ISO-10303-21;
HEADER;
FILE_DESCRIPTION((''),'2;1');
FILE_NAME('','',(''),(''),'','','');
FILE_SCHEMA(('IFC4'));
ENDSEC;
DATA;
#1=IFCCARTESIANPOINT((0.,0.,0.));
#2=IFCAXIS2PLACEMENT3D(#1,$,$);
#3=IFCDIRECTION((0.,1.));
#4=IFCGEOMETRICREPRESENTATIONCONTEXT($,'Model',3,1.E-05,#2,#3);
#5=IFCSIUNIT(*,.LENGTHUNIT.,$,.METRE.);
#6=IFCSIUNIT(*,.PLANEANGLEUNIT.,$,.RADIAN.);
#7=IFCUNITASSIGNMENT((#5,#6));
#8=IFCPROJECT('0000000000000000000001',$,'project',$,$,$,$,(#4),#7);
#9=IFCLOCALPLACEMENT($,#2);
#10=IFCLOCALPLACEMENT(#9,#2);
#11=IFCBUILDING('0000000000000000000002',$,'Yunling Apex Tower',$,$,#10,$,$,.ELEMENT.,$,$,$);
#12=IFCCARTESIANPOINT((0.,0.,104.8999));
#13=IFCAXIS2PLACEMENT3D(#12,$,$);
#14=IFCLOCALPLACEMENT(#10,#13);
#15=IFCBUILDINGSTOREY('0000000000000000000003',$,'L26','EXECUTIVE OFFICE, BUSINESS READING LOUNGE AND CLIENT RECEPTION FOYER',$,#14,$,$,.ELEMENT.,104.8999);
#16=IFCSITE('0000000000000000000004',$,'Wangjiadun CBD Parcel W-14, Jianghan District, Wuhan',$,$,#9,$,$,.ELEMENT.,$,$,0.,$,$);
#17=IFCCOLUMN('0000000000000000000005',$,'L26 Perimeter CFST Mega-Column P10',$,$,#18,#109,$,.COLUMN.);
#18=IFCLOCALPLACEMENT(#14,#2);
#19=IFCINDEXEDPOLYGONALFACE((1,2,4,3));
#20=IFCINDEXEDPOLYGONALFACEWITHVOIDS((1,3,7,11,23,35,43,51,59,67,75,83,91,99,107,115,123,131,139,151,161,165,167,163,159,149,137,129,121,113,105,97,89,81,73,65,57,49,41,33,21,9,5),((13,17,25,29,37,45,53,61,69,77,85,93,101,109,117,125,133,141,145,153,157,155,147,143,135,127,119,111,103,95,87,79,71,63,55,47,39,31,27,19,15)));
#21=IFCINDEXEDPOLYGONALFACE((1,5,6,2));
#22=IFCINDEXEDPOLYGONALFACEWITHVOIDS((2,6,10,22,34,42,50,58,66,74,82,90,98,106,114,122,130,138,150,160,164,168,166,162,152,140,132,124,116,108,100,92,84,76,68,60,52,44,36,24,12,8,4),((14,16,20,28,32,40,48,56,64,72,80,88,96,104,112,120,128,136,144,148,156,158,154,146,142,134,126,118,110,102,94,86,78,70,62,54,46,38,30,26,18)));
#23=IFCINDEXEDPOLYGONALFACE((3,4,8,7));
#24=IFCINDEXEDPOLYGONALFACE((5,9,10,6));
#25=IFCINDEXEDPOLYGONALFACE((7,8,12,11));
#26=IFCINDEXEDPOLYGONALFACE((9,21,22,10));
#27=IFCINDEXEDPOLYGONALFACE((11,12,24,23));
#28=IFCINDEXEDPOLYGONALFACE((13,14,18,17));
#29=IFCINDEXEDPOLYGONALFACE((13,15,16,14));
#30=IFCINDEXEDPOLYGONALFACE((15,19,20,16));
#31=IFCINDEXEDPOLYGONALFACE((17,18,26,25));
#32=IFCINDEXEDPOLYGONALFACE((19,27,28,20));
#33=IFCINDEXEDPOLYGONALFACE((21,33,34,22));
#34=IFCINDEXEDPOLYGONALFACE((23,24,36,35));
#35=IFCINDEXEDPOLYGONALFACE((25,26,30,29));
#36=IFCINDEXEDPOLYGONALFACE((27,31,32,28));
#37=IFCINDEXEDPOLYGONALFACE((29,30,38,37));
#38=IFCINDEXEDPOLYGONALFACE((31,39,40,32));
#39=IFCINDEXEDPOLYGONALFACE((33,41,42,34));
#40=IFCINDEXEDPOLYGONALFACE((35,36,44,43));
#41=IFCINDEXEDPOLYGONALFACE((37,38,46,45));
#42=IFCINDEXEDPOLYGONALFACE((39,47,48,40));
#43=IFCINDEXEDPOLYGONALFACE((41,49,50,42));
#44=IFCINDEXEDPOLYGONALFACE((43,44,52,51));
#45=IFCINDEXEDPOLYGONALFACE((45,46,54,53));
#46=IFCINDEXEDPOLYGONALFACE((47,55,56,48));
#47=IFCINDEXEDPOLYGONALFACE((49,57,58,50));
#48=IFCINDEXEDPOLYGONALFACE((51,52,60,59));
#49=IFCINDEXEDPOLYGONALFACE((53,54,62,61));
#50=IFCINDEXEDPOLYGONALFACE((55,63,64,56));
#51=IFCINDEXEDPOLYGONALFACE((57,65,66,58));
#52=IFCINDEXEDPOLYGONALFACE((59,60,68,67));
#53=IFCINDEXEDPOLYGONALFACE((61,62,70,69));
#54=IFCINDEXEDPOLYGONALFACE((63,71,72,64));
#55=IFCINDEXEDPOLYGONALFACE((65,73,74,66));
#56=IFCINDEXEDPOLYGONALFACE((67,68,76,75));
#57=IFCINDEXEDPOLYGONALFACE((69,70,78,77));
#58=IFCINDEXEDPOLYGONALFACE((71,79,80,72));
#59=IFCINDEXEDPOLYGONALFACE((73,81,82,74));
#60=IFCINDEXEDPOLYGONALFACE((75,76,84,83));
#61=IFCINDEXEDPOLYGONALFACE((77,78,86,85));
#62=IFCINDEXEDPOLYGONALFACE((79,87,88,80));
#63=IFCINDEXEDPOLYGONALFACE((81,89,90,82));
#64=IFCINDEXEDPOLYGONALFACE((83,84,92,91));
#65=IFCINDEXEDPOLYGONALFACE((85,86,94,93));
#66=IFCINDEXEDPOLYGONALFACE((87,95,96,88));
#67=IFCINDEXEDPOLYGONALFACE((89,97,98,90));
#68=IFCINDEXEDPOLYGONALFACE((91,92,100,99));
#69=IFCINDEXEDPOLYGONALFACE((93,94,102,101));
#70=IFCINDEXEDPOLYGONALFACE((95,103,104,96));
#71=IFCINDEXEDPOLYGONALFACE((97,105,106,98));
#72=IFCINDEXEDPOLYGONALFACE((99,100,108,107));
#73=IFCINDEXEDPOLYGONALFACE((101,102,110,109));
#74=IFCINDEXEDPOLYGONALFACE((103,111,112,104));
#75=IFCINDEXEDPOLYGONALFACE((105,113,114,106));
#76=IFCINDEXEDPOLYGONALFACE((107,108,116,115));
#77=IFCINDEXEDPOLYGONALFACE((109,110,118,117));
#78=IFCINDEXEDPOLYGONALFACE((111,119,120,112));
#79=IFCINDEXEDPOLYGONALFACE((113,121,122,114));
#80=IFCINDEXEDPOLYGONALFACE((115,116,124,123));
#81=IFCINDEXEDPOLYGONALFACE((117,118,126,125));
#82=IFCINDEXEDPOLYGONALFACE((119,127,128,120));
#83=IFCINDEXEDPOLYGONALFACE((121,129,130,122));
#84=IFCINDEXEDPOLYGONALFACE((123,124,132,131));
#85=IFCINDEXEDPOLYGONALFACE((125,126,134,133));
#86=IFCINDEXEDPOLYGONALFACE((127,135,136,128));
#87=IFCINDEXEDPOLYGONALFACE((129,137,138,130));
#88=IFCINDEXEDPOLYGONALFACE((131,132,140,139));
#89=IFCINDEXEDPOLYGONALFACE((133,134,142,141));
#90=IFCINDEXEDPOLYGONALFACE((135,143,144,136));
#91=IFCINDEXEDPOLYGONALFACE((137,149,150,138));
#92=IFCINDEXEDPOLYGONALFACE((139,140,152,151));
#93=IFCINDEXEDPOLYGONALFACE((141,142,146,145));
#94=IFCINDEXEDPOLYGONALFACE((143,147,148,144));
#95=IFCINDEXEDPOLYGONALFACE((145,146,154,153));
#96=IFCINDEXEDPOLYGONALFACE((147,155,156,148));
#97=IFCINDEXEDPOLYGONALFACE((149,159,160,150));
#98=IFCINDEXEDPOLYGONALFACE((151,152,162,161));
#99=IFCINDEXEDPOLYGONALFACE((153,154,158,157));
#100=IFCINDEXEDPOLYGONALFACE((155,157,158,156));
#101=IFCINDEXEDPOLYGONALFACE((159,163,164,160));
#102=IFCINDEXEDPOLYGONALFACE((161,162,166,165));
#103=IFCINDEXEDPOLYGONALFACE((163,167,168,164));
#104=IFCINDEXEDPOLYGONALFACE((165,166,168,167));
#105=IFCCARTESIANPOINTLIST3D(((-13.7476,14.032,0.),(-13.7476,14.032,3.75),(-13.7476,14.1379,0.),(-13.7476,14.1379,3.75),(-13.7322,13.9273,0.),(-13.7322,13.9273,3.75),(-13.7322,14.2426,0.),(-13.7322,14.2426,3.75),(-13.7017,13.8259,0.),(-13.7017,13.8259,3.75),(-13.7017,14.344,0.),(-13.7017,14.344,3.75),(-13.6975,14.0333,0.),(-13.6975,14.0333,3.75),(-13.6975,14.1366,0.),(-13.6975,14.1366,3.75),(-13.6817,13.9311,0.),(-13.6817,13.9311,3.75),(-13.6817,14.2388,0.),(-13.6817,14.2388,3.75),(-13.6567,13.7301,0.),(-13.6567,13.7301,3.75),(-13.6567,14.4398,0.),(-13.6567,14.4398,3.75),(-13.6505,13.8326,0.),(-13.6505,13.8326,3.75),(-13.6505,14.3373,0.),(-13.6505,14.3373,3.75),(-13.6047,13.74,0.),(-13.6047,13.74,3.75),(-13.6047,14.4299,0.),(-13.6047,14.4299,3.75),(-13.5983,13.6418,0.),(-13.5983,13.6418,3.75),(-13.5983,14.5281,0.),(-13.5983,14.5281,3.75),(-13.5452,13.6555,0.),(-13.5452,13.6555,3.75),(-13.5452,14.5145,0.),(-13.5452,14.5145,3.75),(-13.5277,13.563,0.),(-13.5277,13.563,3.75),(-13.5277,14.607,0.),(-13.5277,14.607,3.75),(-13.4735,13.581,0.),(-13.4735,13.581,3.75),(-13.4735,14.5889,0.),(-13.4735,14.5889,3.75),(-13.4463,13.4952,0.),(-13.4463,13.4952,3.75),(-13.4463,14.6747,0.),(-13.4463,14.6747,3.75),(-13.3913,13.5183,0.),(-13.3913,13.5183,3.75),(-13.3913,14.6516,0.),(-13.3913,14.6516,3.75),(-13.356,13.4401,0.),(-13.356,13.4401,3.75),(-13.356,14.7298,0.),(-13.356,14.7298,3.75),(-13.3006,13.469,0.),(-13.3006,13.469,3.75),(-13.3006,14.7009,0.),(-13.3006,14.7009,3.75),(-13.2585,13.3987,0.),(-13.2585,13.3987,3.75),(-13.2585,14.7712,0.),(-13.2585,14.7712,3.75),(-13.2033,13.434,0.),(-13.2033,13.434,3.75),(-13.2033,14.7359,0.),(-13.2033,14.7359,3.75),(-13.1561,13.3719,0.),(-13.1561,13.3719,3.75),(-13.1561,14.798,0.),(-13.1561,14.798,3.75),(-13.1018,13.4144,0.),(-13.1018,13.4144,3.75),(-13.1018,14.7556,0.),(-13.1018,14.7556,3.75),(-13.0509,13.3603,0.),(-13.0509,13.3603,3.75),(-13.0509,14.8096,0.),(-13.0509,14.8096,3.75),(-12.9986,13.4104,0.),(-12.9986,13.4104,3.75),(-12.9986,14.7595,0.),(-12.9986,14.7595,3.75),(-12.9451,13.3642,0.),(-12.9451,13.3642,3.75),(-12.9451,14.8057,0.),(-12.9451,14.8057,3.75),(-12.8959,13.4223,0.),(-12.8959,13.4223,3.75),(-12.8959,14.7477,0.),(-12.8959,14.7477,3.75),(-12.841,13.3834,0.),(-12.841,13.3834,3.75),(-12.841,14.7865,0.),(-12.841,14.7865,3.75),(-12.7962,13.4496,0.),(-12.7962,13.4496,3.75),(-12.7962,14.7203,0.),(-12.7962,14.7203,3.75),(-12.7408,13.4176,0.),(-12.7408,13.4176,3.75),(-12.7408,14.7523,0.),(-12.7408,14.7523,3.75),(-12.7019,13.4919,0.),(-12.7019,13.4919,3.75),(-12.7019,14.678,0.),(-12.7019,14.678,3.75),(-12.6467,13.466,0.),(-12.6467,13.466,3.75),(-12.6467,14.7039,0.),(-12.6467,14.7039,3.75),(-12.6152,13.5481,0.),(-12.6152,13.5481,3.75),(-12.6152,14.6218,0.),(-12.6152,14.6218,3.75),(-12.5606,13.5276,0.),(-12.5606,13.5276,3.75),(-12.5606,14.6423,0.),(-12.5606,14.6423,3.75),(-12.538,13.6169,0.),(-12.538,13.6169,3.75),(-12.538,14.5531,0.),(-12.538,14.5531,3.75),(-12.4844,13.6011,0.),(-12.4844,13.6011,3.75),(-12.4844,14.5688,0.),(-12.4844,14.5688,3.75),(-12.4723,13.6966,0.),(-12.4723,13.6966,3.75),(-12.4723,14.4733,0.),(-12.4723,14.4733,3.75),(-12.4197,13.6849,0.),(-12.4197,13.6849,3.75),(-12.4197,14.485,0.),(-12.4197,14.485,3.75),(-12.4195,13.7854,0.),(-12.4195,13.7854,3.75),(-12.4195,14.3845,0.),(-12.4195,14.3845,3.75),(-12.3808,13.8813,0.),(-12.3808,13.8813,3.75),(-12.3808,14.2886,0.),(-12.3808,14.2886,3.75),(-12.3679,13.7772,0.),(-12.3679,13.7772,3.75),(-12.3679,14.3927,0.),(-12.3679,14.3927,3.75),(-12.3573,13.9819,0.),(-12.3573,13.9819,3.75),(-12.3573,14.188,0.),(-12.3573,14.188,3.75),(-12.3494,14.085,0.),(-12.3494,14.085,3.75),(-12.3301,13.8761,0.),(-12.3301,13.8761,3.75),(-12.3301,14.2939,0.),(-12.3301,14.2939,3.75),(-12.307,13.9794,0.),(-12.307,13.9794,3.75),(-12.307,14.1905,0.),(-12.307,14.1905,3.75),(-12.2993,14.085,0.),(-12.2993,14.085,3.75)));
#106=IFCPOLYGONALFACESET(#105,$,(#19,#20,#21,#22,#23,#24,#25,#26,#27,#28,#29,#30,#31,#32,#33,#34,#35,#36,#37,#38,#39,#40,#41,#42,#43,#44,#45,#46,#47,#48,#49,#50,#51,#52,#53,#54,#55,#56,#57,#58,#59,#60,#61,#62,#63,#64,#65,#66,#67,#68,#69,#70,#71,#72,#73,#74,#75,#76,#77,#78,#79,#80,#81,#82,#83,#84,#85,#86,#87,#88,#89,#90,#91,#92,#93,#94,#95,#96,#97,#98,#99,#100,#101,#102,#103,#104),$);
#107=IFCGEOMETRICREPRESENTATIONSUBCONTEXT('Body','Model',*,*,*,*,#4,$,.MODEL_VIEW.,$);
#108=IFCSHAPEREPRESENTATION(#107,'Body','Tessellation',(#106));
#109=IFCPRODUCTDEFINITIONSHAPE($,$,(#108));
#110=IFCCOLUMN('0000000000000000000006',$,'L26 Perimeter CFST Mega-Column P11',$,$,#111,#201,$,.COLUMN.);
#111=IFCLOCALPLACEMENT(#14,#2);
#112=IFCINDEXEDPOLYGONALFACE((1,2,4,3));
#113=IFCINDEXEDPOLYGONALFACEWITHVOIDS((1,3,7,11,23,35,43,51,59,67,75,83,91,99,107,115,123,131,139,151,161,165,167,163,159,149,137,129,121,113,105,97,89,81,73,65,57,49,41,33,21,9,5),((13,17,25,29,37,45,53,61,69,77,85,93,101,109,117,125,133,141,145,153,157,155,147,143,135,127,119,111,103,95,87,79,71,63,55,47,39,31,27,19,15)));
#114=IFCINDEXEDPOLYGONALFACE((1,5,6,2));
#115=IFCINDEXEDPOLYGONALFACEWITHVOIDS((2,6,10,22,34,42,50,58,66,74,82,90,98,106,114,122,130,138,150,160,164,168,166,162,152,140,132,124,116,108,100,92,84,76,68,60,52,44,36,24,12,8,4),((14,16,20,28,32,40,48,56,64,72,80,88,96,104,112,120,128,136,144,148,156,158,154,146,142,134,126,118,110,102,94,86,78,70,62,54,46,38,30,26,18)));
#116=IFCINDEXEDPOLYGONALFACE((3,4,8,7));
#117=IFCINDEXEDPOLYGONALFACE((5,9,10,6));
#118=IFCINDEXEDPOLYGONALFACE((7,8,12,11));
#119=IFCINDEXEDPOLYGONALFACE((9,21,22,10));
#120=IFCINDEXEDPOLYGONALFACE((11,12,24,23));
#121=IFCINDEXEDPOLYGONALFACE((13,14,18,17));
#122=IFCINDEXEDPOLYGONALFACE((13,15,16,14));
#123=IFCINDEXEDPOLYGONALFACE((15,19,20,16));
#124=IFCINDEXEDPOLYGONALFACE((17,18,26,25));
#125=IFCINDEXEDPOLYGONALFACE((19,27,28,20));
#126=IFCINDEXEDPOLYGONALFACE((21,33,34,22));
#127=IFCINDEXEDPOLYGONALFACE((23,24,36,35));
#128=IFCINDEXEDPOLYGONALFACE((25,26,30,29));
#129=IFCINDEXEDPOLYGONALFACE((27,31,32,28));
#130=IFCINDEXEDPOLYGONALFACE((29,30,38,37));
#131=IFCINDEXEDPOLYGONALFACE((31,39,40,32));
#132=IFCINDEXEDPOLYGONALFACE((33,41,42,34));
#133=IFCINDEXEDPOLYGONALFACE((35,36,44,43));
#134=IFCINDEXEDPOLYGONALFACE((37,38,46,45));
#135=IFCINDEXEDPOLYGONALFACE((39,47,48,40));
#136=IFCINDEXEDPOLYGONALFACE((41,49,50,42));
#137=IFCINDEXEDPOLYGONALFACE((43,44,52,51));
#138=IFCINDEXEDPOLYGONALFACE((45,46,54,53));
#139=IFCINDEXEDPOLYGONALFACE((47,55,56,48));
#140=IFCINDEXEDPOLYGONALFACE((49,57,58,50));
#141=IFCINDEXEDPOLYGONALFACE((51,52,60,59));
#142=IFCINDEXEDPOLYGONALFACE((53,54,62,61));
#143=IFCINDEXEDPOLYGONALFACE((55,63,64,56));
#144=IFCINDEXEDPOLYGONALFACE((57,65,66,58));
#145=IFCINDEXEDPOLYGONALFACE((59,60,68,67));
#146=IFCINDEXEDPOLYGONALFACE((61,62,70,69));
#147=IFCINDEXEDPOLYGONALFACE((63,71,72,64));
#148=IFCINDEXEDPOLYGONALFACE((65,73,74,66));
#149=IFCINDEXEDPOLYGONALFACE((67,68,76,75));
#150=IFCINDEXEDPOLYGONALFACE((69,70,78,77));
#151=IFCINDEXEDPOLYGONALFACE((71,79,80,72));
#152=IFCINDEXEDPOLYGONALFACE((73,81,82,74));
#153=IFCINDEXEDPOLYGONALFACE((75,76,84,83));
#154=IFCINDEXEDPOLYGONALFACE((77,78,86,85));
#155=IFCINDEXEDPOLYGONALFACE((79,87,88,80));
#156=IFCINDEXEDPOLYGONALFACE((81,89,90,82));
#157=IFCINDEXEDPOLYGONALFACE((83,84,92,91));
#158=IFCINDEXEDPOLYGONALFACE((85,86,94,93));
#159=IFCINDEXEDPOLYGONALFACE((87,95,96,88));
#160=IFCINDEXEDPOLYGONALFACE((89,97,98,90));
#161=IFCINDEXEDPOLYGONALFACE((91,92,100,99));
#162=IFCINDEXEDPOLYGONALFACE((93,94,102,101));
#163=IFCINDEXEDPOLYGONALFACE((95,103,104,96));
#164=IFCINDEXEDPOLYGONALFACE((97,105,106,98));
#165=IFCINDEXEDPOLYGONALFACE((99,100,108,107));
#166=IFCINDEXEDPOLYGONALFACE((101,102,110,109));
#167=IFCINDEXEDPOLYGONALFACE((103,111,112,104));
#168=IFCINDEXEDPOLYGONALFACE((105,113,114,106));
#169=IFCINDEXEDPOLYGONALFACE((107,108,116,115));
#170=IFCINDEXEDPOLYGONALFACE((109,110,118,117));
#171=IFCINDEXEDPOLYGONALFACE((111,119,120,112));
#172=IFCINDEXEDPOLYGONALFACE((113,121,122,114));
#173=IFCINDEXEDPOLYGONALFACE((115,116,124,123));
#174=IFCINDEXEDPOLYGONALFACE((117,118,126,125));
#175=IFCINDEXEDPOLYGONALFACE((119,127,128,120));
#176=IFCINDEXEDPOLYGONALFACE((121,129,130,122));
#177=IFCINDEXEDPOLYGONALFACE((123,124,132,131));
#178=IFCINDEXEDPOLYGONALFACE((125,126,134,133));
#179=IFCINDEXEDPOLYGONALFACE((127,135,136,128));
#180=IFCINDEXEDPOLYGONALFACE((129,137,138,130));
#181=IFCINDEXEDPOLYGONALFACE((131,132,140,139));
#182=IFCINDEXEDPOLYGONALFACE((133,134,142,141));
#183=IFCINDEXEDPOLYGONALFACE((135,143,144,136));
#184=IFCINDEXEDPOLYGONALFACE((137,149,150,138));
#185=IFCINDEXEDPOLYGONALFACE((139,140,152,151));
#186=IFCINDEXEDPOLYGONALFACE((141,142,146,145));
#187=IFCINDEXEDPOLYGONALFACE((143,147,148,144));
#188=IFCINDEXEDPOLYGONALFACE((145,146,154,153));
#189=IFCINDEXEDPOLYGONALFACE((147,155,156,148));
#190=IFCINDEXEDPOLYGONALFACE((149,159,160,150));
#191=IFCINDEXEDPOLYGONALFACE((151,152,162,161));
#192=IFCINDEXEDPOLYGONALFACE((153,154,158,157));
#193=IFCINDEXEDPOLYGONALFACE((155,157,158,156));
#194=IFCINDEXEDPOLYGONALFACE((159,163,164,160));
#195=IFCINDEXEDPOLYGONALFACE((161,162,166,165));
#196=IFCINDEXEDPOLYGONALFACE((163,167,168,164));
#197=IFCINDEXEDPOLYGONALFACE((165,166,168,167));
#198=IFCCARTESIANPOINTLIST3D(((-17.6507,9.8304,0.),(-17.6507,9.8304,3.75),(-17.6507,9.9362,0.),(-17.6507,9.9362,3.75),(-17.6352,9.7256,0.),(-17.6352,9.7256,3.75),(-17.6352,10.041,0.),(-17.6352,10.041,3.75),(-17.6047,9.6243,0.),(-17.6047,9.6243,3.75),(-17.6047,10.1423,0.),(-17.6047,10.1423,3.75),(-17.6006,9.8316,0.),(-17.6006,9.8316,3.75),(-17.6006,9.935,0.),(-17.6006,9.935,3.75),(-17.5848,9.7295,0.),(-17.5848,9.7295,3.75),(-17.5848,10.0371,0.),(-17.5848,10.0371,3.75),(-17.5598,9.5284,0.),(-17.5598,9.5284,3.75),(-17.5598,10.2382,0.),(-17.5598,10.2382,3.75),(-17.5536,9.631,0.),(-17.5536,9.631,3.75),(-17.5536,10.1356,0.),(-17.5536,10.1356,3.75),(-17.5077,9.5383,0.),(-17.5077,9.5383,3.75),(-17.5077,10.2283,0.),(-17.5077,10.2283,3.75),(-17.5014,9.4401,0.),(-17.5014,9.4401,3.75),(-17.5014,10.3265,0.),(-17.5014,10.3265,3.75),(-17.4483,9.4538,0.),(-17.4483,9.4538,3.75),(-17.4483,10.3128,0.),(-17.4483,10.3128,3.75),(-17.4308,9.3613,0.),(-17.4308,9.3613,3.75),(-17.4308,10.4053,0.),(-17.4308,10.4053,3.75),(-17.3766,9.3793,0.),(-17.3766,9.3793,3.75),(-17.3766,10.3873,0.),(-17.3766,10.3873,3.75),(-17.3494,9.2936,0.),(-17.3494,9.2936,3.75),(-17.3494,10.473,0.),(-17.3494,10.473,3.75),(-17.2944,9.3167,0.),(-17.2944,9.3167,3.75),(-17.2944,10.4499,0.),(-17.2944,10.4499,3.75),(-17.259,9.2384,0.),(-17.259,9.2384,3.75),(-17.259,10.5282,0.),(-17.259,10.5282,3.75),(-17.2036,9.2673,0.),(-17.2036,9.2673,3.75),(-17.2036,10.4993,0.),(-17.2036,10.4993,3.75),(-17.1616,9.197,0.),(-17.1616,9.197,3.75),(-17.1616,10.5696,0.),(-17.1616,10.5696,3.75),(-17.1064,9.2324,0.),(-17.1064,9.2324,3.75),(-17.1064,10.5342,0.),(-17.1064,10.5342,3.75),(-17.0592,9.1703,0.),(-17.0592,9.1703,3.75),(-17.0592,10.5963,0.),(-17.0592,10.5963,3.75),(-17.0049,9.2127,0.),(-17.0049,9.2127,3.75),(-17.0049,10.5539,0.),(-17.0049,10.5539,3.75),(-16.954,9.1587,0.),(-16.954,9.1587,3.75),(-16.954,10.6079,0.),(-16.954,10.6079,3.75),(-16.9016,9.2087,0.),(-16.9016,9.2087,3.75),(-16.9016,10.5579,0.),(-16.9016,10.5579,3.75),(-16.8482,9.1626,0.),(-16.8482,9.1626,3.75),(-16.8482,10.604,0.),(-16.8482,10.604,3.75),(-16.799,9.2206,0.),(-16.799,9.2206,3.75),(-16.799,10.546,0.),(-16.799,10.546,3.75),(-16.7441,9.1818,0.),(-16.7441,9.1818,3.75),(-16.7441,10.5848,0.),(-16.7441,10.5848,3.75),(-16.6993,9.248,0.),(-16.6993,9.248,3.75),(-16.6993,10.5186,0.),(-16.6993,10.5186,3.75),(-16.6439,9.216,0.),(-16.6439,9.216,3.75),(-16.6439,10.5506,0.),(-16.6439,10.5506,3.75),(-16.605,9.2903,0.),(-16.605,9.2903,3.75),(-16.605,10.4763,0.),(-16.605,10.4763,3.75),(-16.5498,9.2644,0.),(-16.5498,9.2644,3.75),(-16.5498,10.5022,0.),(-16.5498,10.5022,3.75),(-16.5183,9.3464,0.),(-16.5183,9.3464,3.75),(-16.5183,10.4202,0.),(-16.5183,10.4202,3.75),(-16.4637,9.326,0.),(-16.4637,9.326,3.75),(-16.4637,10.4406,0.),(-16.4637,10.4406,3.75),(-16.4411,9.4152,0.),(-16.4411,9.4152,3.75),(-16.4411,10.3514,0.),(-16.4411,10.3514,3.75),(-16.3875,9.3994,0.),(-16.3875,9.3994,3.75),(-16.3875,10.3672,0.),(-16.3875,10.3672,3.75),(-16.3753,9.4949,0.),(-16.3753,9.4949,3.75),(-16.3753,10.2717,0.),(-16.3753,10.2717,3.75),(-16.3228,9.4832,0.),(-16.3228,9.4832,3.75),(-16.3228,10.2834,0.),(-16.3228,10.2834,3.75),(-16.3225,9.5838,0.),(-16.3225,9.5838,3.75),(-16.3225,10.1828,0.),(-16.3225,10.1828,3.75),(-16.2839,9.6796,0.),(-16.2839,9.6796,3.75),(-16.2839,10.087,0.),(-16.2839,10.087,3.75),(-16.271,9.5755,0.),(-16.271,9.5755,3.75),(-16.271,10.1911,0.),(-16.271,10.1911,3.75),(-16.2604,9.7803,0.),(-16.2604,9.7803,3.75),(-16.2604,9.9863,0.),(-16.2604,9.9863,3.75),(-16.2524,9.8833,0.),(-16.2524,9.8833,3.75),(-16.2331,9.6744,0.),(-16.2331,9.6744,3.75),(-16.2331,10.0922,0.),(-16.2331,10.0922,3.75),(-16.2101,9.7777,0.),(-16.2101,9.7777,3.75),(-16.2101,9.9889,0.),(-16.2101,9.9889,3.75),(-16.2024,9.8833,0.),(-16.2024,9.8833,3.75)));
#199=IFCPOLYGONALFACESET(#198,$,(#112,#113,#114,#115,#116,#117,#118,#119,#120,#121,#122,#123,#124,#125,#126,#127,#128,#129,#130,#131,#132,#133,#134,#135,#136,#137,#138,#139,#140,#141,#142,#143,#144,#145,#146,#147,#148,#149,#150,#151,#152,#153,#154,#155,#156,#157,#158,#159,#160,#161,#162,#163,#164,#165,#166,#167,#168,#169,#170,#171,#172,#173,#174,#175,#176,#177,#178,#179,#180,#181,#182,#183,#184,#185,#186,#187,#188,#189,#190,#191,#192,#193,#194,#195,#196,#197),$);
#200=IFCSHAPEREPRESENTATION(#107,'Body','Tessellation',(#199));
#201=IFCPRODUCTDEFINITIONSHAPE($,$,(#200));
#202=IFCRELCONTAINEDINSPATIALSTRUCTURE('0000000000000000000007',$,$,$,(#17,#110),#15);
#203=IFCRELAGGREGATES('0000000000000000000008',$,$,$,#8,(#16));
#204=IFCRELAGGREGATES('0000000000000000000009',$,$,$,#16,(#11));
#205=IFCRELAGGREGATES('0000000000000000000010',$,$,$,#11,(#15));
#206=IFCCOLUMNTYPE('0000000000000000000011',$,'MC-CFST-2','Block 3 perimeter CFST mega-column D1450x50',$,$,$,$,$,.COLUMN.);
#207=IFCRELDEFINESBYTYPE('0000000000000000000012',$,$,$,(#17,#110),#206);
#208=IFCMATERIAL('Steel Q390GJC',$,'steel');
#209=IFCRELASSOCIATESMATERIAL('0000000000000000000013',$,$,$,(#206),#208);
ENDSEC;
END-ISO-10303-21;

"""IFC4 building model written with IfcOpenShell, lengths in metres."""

from ifc_helpers import new_model, si_unit, direction, frame, origin, origin_2d, place, context, subcontext, project, spatial, hollow_circle, extrude, source, transform, mapped, material, material_profile, profile_set, type_object, element, save


model = new_model("IFC4")

# Units and contexts
model_context = context("Model", 3, precision=1e-05, world=origin(), true_north=direction((0.0, 1.0)))
body_context = subcontext(model_context, "Body", "Model", "MODEL_VIEW")
ifc_project = project(units=[si_unit("LENGTHUNIT", "METRE"), si_unit("PLANEANGLEUNIT", "RADIAN")], contexts=[model_context])

# Site, building, storey
site_placement = place(None, origin())
site = spatial("IfcSite", under=ifc_project, at=site_placement, Name="Wangjiadun CBD Parcel W-14, Jianghan District, Wuhan", CompositionType="ELEMENT", RefElevation=0.0)
building_placement = place(site_placement, origin())
building = spatial("IfcBuilding", under=site, at=building_placement, Name="Yunling Apex Tower", CompositionType="ELEMENT")
storey_placement = place(building_placement, frame((0.0, 0.0, 104.8999)))
storey = spatial("IfcBuildingStorey", under=building, at=storey_placement, Name="L26", Description="EXECUTIVE OFFICE, BUSINESS READING LOUNGE AND CLIENT RECEPTION FOYER", CompositionType="ELEMENT", Elevation=104.8999)

# Columns
ifc_material_1 = material(Name="Steel Q390GJC", Category="steel")
ifc_material_profile_1 = material_profile(ifc_material_1, hollow_circle(Radius=0.7251, WallThickness=0.05, at=origin_2d()))
ifc_profile_set_1 = profile_set([ifc_material_profile_1], Name="Steel Q390GJC")
column_type = type_object("IfcColumnType", Name="MC-CFST-2", Description="Block 3 perimeter CFST mega-column D1450x50", PredefinedType="COLUMN", material=ifc_profile_set_1)
shared_shape_1 = source(origin(), body_context, "Body", "SweptSolid", [
    extrude(hollow_circle(Radius=0.7251, WallThickness=0.05, at=origin_2d()), origin(), (0.0, 0.0, 1.0), 3.75),
])
for number, where, z_axis, x_axis, name in (
    (1, (-13.0244, 14.085, 0.0), (0.0, 0.0, 1.0), (1.0, 0.0, 0.0), "L26 Perimeter CFST Mega-Column P10"),
    (2, (-16.9275, 9.8833, 0.0), (0.0, 0.0, 1.0), (1.0, 0.0, 0.0), "L26 Perimeter CFST Mega-Column P11"),
):
    element("IfcColumn", number, at=place(storey_placement, frame(where, z_axis=z_axis, x_axis=x_axis)), inside=storey, type_object=column_type, Name=name, PredefinedType="COLUMN", context=body_context, shape_type="MappedRepresentation", body=[
        mapped(shared_shape_1, transform((0.0, 0.0, 0.0), scale=1.0)),
    ])

save(model, "model.ifc")
